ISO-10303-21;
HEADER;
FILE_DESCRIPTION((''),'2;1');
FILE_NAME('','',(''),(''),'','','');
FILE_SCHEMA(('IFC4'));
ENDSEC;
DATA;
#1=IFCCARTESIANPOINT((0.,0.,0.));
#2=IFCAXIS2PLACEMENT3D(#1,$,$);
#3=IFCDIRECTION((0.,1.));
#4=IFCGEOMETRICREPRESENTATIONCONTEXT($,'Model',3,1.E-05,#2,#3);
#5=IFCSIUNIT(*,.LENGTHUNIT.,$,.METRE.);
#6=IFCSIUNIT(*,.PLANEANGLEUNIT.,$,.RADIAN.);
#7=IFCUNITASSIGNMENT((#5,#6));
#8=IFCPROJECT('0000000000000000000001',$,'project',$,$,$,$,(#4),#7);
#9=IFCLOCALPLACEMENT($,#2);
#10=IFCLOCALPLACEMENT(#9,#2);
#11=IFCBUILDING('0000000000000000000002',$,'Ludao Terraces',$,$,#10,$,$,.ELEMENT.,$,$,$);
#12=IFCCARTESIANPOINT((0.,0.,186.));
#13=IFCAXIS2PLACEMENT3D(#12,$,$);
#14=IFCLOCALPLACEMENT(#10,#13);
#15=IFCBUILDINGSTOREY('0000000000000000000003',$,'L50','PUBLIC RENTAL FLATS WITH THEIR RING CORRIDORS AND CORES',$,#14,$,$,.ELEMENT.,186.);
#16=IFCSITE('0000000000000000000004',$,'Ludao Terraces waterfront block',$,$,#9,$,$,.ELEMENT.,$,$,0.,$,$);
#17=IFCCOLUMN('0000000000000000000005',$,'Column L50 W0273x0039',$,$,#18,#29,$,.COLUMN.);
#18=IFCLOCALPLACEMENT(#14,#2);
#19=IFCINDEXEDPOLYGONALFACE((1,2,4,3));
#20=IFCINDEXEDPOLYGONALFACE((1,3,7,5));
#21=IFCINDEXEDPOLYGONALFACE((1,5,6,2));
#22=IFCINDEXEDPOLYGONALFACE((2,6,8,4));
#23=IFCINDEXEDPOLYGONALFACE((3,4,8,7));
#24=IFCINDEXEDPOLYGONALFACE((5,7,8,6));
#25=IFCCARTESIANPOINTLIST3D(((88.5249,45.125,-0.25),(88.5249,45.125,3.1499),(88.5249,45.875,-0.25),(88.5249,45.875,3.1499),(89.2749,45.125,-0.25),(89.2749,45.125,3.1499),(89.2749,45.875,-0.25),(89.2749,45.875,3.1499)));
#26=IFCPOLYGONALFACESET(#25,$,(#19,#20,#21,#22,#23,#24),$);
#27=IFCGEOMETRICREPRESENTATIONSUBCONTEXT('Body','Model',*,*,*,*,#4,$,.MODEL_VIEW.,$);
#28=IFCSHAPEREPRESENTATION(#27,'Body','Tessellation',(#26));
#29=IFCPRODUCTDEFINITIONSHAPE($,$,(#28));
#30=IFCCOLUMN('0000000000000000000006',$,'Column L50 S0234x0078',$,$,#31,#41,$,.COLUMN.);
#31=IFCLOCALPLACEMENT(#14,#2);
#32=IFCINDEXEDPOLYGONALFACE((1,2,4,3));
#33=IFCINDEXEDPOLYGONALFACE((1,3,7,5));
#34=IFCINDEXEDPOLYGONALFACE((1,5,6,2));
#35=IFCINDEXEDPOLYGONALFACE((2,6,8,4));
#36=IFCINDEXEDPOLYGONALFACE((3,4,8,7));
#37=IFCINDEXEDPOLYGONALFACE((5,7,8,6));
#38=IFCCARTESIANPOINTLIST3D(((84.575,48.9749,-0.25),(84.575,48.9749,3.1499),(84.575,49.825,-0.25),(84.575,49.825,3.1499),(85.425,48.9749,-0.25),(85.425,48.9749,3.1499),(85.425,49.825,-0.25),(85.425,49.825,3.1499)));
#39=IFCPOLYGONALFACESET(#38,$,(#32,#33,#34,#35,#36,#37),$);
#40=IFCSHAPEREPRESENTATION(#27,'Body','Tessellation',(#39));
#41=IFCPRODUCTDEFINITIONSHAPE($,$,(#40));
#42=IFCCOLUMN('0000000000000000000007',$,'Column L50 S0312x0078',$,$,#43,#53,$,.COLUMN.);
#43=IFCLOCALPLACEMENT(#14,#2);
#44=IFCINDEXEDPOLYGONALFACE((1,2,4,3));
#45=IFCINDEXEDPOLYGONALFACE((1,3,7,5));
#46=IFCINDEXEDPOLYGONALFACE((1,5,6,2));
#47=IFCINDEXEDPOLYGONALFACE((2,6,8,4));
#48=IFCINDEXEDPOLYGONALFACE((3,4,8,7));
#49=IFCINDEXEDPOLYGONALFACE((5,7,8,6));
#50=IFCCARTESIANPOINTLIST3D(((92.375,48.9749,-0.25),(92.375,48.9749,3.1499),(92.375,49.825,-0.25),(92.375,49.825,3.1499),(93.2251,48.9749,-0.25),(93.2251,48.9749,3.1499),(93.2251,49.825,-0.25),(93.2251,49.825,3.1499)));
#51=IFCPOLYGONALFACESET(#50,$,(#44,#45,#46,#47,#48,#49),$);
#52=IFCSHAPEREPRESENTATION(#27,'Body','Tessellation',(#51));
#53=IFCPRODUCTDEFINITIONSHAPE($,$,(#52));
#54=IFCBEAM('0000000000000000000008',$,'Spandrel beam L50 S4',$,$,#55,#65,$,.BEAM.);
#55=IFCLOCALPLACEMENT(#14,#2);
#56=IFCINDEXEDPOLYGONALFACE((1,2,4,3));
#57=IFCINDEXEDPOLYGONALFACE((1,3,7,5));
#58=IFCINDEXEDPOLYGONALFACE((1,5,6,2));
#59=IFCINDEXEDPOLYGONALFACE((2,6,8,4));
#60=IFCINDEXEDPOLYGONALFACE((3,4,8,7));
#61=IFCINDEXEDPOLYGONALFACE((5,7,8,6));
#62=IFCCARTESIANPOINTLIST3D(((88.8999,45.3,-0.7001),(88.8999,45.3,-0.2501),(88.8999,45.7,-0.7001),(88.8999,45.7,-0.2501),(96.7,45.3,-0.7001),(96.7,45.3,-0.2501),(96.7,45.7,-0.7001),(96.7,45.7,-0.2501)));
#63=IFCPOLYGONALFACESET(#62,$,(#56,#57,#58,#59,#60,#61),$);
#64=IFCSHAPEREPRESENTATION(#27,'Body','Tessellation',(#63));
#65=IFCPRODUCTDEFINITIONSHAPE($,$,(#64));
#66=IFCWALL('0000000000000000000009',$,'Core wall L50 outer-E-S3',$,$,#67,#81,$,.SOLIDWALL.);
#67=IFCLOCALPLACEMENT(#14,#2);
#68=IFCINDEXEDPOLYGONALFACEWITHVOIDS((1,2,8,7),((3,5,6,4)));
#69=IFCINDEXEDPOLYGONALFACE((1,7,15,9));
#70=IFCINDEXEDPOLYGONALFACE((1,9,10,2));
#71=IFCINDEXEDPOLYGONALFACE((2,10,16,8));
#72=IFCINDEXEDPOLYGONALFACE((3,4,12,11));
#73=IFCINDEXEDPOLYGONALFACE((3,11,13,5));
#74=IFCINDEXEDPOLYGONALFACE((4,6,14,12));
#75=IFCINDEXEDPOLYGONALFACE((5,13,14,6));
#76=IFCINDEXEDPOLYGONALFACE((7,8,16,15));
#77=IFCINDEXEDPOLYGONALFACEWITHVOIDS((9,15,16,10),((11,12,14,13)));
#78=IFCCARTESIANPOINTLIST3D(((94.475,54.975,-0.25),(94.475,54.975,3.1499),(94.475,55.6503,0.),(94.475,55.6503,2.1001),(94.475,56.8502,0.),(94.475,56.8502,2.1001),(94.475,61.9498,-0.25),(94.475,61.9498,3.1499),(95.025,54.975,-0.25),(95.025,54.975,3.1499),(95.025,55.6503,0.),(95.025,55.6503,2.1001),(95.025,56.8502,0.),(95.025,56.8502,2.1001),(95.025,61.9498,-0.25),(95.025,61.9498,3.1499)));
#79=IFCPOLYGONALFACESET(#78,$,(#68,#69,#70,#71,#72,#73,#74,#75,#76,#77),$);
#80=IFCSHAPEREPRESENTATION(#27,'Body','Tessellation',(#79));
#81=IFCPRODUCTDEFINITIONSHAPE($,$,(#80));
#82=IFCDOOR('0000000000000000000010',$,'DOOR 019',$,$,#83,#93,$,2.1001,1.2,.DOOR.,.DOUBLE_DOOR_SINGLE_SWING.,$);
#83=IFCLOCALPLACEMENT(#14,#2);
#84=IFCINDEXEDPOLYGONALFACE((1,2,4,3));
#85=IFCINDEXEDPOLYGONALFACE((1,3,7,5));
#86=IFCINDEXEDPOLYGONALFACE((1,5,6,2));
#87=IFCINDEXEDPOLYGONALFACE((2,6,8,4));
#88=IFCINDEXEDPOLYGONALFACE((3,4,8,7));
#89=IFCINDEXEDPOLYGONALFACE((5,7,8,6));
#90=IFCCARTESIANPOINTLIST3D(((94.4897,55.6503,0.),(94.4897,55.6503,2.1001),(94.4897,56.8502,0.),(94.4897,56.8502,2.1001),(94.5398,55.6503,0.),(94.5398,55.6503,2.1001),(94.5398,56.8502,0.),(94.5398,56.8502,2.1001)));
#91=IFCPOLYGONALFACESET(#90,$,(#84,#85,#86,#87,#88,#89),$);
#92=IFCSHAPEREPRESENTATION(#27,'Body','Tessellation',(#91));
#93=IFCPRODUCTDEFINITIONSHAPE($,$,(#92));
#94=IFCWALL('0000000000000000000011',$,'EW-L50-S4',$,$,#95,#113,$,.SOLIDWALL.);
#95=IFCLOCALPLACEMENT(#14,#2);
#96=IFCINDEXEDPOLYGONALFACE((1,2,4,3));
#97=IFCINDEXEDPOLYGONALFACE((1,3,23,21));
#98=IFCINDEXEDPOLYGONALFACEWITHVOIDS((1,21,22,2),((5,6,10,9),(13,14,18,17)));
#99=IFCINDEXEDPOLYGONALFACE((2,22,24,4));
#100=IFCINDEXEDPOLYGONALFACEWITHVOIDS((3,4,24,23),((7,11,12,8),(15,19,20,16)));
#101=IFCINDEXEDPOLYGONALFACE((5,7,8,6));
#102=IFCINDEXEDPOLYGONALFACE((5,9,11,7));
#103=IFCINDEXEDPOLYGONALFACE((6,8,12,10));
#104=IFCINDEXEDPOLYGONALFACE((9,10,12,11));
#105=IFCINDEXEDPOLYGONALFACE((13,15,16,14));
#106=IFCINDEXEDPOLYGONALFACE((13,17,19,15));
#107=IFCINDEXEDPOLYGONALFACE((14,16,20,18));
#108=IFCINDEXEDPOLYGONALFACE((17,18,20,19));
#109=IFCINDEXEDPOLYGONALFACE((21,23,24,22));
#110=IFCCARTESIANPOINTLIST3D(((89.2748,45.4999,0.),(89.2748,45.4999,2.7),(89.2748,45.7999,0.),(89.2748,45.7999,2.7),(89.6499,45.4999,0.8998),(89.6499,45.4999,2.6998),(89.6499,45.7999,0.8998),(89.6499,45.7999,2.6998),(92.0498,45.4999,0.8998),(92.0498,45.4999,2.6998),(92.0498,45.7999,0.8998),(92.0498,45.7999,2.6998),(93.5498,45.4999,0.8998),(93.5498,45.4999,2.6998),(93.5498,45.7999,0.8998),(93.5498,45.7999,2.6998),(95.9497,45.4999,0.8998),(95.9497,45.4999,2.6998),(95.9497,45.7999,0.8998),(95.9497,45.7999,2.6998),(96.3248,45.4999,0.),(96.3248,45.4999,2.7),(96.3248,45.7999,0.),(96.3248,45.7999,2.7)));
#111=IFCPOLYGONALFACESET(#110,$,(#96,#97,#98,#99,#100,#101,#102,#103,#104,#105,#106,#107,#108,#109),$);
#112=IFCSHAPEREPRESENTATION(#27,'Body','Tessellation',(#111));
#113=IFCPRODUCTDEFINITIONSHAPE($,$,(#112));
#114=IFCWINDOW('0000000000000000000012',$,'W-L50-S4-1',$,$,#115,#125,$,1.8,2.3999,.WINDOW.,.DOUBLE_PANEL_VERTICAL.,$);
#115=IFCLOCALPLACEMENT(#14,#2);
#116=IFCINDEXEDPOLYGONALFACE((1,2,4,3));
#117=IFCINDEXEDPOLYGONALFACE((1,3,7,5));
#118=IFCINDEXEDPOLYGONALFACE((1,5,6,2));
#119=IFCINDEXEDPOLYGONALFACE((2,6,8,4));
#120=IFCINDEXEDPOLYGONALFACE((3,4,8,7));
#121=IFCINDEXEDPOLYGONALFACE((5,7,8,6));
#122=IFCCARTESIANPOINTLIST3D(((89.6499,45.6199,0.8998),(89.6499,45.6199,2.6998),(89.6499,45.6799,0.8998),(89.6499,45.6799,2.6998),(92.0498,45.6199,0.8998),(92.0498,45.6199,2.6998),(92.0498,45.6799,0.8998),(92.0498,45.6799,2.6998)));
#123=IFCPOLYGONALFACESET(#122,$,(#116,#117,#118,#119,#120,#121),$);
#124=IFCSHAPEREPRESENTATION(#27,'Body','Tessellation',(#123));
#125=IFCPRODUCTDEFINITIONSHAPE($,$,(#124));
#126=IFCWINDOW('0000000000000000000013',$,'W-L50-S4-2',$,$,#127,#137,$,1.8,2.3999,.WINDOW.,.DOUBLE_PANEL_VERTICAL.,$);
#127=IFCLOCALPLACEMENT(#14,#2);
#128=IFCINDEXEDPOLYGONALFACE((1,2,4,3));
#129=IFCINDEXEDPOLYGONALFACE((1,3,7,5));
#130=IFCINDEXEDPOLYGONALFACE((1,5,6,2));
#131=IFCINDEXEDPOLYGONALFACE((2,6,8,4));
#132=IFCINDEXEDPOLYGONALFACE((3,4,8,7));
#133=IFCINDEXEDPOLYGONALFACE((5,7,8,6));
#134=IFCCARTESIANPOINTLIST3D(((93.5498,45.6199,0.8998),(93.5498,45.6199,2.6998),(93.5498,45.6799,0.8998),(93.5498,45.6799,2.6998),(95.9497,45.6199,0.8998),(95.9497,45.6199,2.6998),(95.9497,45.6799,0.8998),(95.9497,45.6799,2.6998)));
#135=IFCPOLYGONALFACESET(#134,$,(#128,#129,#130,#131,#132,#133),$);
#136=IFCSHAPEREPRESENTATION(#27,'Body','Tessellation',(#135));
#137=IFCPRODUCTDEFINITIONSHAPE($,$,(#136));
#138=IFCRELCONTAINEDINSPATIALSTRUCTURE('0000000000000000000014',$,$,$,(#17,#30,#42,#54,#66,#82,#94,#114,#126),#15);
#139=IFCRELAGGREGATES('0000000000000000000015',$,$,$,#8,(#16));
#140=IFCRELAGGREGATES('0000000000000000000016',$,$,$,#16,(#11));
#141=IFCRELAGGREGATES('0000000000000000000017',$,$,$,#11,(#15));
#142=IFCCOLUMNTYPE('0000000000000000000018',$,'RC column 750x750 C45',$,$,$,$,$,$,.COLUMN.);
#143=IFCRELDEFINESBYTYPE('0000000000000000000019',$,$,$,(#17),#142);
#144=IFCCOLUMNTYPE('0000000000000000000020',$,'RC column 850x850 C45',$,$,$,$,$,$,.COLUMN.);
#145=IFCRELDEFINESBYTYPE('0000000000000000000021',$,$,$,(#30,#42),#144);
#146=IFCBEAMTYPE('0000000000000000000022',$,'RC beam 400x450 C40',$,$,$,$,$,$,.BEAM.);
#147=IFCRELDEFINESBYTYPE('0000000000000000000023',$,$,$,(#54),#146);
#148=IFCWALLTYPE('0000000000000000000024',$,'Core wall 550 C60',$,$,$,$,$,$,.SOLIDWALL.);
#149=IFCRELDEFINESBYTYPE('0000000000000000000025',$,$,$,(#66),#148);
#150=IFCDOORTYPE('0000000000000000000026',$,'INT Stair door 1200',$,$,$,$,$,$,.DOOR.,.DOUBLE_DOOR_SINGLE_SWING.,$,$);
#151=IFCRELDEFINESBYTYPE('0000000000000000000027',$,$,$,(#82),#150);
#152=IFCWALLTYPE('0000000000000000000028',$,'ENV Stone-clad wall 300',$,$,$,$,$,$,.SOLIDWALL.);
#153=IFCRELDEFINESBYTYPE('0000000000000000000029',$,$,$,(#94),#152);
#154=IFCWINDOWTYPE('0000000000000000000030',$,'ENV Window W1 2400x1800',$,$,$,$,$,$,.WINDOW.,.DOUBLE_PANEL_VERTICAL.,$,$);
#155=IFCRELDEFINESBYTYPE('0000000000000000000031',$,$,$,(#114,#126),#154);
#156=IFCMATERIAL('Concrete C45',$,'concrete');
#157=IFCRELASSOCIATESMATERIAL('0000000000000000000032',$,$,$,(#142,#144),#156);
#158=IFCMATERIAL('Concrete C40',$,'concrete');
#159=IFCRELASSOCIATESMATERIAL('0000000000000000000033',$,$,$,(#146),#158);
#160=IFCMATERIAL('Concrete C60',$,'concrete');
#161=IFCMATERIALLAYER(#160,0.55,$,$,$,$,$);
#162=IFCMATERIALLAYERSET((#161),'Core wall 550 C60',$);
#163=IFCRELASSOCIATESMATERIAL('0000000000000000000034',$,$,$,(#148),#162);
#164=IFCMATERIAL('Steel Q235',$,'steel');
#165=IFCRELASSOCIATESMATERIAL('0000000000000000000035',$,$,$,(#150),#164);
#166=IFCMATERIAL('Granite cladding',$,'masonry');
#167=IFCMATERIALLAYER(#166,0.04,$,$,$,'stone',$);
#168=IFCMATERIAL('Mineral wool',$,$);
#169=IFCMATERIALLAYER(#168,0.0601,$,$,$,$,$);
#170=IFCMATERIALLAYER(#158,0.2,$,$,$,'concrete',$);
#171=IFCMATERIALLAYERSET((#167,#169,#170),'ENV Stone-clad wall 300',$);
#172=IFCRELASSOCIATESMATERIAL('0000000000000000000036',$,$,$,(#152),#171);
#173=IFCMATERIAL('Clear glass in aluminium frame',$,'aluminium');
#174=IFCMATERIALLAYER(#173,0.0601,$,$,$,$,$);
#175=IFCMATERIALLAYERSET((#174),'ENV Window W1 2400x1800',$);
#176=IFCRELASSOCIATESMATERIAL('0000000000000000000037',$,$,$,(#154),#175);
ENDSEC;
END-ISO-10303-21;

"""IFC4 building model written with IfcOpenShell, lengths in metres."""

from ifc_helpers import new_model, si_unit, direction, frame, frame_2d, origin, origin_2d, place, context, subcontext, project, spatial, rectangle, extrude, material, layer, layer_set, material_profile, profile_set, type_object, element, fill, save


model = new_model("IFC4")

# Units and contexts
model_context = context("Model", 3, precision=1e-05, world=origin(), true_north=direction((0.0, 1.0)))
body_context = subcontext(model_context, "Body", "Model", "MODEL_VIEW")
ifc_project = project(units=[si_unit("LENGTHUNIT", "METRE"), si_unit("PLANEANGLEUNIT", "RADIAN")], contexts=[model_context])

# Site, building, storey
site_placement = place(None, origin())
site = spatial("IfcSite", under=ifc_project, at=site_placement, Name="Ludao Terraces waterfront block", CompositionType="ELEMENT", RefElevation=0.0)
building_placement = place(site_placement, origin())
building = spatial("IfcBuilding", under=site, at=building_placement, Name="Ludao Terraces", CompositionType="ELEMENT")
storey_placement = place(building_placement, frame((0.0, 0.0, 186.0)))
storey = spatial("IfcBuildingStorey", under=building, at=storey_placement, Name="L50", Description="PUBLIC RENTAL FLATS WITH THEIR RING CORRIDORS AND CORES", CompositionType="ELEMENT", Elevation=186.0)

# Columns
ifc_material_1 = material(Name="Concrete C45", Category="concrete")
ifc_material_profile_1 = material_profile(ifc_material_1, rectangle(XDim=0.75, YDim=0.75, at=origin_2d()), Name="750 X 750")
ifc_profile_set_1 = profile_set([ifc_material_profile_1], Name="Concrete C45")
column_type_1 = type_object("IfcColumnType", Name="RC column 750x750 C45", PredefinedType="COLUMN", material=ifc_profile_set_1)
column_placement = place(storey_placement, frame((88.8999, 45.5, -0.25), z_axis=(0.0, 0.0, 1.0), x_axis=(1.0, 0.0, 0.0)))
element("IfcColumn", 1, at=column_placement, inside=storey, type_object=column_type_1, Name="Column L50 W0273x0039", PredefinedType="COLUMN", context=body_context, shape_type="SweptSolid", body=[
    extrude(rectangle(XDim=0.75, YDim=0.75, at=origin_2d()), origin(), (0.0, 0.0, 1.0), 3.3999),
])
ifc_material_profile_2 = material_profile(ifc_material_1, rectangle(XDim=0.8501, YDim=0.8501, at=origin_2d()), Name="850 X 850")
ifc_profile_set_2 = profile_set([ifc_material_profile_2], Name="Concrete C45")
column_type_2 = type_object("IfcColumnType", Name="RC column 850x850 C45", PredefinedType="COLUMN", material=ifc_profile_set_2)
for number, where, z_axis, x_axis, name in (
    (2, (85.0, 49.3999, -0.25), (0.0, 0.0, 1.0), (1.0, 0.0, 0.0), "Column L50 S0234x0078"),
    (3, (92.8, 49.3999, -0.25), (0.0, 0.0, 1.0), (1.0, 0.0, 0.0), "Column L50 S0312x0078"),
):
    element("IfcColumn", number, at=place(storey_placement, frame(where, z_axis=z_axis, x_axis=x_axis)), inside=storey, type_object=column_type_2, Name=name, PredefinedType="COLUMN", context=body_context, shape_type="SweptSolid", body=[
        extrude(rectangle(XDim=0.8501, YDim=0.8501, at=origin_2d()), origin(), (0.0, 0.0, 1.0), 3.3999),
    ])

# Beam
ifc_material_2 = material(Name="Concrete C40", Category="concrete")
ifc_material_profile_3 = material_profile(ifc_material_2, rectangle(XDim=0.3999, YDim=0.45, at=origin_2d()), Name="400 X 450")
ifc_profile_set_3 = profile_set([ifc_material_profile_3], Name="Concrete C40")
beam_type = type_object("IfcBeamType", Name="RC beam 400x450 C40", PredefinedType="BEAM", material=ifc_profile_set_3)
beam_placement = place(storey_placement, frame((88.8999, 45.5, -0.4751), z_axis=(1.0, 0.0, 0.0), x_axis=(0.0, 1.0, 0.0)))
element("IfcBeam", 4, at=beam_placement, inside=storey, type_object=beam_type, Name="Spandrel beam L50 S4", PredefinedType="BEAM", context=body_context, shape_type="SweptSolid", body=[
    extrude(rectangle(XDim=0.3999, YDim=0.45, at=origin_2d()), origin(), (0.0, 0.0, 1.0), 7.8),
])

# Wall, opening, door
ifc_material_3 = material(Name="Concrete C60", Category="concrete")
ifc_layer_1 = layer(ifc_material_3, 0.55)
ifc_layer_set_1 = layer_set([ifc_layer_1], Name="Core wall 550 C60")
wall_type_1 = type_object("IfcWallType", Name="Core wall 550 C60", PredefinedType="SOLIDWALL", material=ifc_layer_set_1)
wall_1_placement = place(storey_placement, frame((94.75, 54.9751, -0.25), z_axis=(0.0, 0.0, 1.0), x_axis=(0.0, 1.0, 0.0)))
wall_1 = element("IfcWall", 5, at=wall_1_placement, inside=storey, type_object=wall_type_1, Name="Core wall L50 outer-E-S3", PredefinedType="SOLIDWALL", context=body_context, shape_type="SweptSolid", body=[
    extrude(rectangle(XDim=6.9749, YDim=0.55, at=frame_2d((3.4873, 0.0))), origin(), (0.0, 0.0, 1.0), 3.3999),
])
opening_1_placement = place(wall_1_placement, frame((0.675, 0.0, 0.25)))
opening_1 = element("IfcOpeningElement", 6, at=opening_1_placement, cuts=wall_1, PredefinedType="OPENING", context=body_context, shape_type="SweptSolid", body=[
    extrude(rectangle(XDim=1.2, YDim=2.1001, at=frame_2d((0.6001, 1.05))), frame((0.0, 0.2852, 0.0), z_axis=(0.0, -1.0, 0.0), x_axis=(1.0, 0.0, 0.0)), (0.0, 0.0, 1.0), 0.5701),
])
ifc_material_4 = material(Name="Steel Q235", Category="steel")
door_type_1 = type_object("IfcDoorType", Name="INT Stair door 1200", OperationType="DOUBLE_DOOR_SINGLE_SWING", PredefinedType="DOOR", material=ifc_material_4)
door_1_placement = place(opening_1_placement, origin())
door_1 = element("IfcDoor", 7, at=door_1_placement, inside=storey, type_object=door_type_1, Name="DOOR 019", OperationType="DOUBLE_DOOR_SINGLE_SWING", OverallHeight=2.1001, OverallWidth=1.2, PredefinedType="DOOR", context=body_context, shape_type="SweptSolid", body=[
    extrude(rectangle(XDim=1.2, YDim=2.1001, at=frame_2d((0.6001, 1.05))), frame((0.0, 0.2603, 0.0), z_axis=(0.0, -1.0, 0.0), x_axis=(1.0, 0.0, 0.0)), (0.0, 0.0, 1.0), 0.05),
])
fill(opening_1, door_1)

# Wall, openings, windows
ifc_material_5 = material(Name="Granite cladding", Category="masonry")
ifc_layer_2 = layer(ifc_material_5, 0.04, Category="stone")
ifc_material_6 = material(Name="Mineral wool")
ifc_layer_3 = layer(ifc_material_6, 0.0601)
ifc_layer_4 = layer(ifc_material_2, 0.2, Category="concrete")
ifc_layer_set_2 = layer_set([ifc_layer_2, ifc_layer_3, ifc_layer_4], Name="ENV Stone-clad wall 300")
wall_type_2 = type_object("IfcWallType", Name="ENV Stone-clad wall 300", PredefinedType="SOLIDWALL", material=ifc_layer_set_2)
wall_2_placement = place(storey_placement, frame((89.2749, 45.6499, 0.0), z_axis=(0.0, 0.0, 1.0), x_axis=(1.0, 0.0, 0.0)))
wall_2 = element("IfcWall", 8, at=wall_2_placement, inside=storey, type_object=wall_type_2, Name="EW-L50-S4", PredefinedType="SOLIDWALL", context=body_context, shape_type="SweptSolid", body=[
    extrude(rectangle(XDim=7.05, YDim=0.3, at=frame_2d((3.5249, 0.0))), origin(), (0.0, 0.0, 1.0), 2.7),
])
opening_2_placement = place(wall_2_placement, frame((0.375, 0.0, 0.8999)))
opening_2 = element("IfcOpeningElement", 9, at=opening_2_placement, cuts=wall_2, PredefinedType="OPENING", context=body_context, shape_type="SweptSolid", body=[
    extrude(rectangle(XDim=2.3999, YDim=1.8, at=frame_2d((1.2, 0.8999))), frame((0.0, 0.1602, 0.0), z_axis=(0.0, -1.0, 0.0), x_axis=(1.0, 0.0, 0.0)), (0.0, 0.0, 1.0), 0.3201),
])
opening_3_placement = place(wall_2_placement, frame((4.2749, 0.0, 0.8999)))
opening_3 = element("IfcOpeningElement", 10, at=opening_3_placement, cuts=wall_2, PredefinedType="OPENING", context=body_context, shape_type="SweptSolid", body=[
    extrude(rectangle(XDim=2.3999, YDim=1.8, at=frame_2d((1.2, 0.8999))), frame((0.0, 0.1602, 0.0), z_axis=(0.0, -1.0, 0.0), x_axis=(1.0, 0.0, 0.0)), (0.0, 0.0, 1.0), 0.3201),
])
ifc_material_7 = material(Name="Clear glass in aluminium frame", Category="aluminium")
ifc_layer_5 = layer(ifc_material_7, 0.0601)
ifc_layer_set_3 = layer_set([ifc_layer_5], Name="ENV Window W1 2400x1800")
window_type = type_object("IfcWindowType", Name="ENV Window W1 2400x1800", PartitioningType="DOUBLE_PANEL_VERTICAL", PredefinedType="WINDOW", material=ifc_layer_set_3)
window_1_placement = place(opening_2_placement, origin())
window_1 = element("IfcWindow", 11, at=window_1_placement, inside=storey, type_object=window_type, Name="W-L50-S4-1", OverallHeight=1.8, OverallWidth=2.3999, PartitioningType="DOUBLE_PANEL_VERTICAL", PredefinedType="WINDOW", context=body_context, shape_type="SweptSolid", body=[
    extrude(rectangle(XDim=2.3999, YDim=1.8, at=frame_2d((1.2, 0.8999))), frame((0.0, 0.03, 0.0), z_axis=(0.0, -1.0, 0.0), x_axis=(1.0, 0.0, 0.0)), (0.0, 0.0, 1.0), 0.0601),
])
fill(opening_2, window_1)
window_2_placement = place(opening_3_placement, origin())
window_2 = element("IfcWindow", 12, at=window_2_placement, inside=storey, type_object=window_type, Name="W-L50-S4-2", OverallHeight=1.8, OverallWidth=2.3999, PartitioningType="DOUBLE_PANEL_VERTICAL", PredefinedType="WINDOW", context=body_context, shape_type="SweptSolid", body=[
    extrude(rectangle(XDim=2.3999, YDim=1.8, at=frame_2d((1.2, 0.8999))), frame((0.0, 0.03, 0.0), z_axis=(0.0, -1.0, 0.0), x_axis=(1.0, 0.0, 0.0)), (0.0, 0.0, 1.0), 0.0601),
])
fill(opening_3, window_2)

save(model, "model.ifc")
